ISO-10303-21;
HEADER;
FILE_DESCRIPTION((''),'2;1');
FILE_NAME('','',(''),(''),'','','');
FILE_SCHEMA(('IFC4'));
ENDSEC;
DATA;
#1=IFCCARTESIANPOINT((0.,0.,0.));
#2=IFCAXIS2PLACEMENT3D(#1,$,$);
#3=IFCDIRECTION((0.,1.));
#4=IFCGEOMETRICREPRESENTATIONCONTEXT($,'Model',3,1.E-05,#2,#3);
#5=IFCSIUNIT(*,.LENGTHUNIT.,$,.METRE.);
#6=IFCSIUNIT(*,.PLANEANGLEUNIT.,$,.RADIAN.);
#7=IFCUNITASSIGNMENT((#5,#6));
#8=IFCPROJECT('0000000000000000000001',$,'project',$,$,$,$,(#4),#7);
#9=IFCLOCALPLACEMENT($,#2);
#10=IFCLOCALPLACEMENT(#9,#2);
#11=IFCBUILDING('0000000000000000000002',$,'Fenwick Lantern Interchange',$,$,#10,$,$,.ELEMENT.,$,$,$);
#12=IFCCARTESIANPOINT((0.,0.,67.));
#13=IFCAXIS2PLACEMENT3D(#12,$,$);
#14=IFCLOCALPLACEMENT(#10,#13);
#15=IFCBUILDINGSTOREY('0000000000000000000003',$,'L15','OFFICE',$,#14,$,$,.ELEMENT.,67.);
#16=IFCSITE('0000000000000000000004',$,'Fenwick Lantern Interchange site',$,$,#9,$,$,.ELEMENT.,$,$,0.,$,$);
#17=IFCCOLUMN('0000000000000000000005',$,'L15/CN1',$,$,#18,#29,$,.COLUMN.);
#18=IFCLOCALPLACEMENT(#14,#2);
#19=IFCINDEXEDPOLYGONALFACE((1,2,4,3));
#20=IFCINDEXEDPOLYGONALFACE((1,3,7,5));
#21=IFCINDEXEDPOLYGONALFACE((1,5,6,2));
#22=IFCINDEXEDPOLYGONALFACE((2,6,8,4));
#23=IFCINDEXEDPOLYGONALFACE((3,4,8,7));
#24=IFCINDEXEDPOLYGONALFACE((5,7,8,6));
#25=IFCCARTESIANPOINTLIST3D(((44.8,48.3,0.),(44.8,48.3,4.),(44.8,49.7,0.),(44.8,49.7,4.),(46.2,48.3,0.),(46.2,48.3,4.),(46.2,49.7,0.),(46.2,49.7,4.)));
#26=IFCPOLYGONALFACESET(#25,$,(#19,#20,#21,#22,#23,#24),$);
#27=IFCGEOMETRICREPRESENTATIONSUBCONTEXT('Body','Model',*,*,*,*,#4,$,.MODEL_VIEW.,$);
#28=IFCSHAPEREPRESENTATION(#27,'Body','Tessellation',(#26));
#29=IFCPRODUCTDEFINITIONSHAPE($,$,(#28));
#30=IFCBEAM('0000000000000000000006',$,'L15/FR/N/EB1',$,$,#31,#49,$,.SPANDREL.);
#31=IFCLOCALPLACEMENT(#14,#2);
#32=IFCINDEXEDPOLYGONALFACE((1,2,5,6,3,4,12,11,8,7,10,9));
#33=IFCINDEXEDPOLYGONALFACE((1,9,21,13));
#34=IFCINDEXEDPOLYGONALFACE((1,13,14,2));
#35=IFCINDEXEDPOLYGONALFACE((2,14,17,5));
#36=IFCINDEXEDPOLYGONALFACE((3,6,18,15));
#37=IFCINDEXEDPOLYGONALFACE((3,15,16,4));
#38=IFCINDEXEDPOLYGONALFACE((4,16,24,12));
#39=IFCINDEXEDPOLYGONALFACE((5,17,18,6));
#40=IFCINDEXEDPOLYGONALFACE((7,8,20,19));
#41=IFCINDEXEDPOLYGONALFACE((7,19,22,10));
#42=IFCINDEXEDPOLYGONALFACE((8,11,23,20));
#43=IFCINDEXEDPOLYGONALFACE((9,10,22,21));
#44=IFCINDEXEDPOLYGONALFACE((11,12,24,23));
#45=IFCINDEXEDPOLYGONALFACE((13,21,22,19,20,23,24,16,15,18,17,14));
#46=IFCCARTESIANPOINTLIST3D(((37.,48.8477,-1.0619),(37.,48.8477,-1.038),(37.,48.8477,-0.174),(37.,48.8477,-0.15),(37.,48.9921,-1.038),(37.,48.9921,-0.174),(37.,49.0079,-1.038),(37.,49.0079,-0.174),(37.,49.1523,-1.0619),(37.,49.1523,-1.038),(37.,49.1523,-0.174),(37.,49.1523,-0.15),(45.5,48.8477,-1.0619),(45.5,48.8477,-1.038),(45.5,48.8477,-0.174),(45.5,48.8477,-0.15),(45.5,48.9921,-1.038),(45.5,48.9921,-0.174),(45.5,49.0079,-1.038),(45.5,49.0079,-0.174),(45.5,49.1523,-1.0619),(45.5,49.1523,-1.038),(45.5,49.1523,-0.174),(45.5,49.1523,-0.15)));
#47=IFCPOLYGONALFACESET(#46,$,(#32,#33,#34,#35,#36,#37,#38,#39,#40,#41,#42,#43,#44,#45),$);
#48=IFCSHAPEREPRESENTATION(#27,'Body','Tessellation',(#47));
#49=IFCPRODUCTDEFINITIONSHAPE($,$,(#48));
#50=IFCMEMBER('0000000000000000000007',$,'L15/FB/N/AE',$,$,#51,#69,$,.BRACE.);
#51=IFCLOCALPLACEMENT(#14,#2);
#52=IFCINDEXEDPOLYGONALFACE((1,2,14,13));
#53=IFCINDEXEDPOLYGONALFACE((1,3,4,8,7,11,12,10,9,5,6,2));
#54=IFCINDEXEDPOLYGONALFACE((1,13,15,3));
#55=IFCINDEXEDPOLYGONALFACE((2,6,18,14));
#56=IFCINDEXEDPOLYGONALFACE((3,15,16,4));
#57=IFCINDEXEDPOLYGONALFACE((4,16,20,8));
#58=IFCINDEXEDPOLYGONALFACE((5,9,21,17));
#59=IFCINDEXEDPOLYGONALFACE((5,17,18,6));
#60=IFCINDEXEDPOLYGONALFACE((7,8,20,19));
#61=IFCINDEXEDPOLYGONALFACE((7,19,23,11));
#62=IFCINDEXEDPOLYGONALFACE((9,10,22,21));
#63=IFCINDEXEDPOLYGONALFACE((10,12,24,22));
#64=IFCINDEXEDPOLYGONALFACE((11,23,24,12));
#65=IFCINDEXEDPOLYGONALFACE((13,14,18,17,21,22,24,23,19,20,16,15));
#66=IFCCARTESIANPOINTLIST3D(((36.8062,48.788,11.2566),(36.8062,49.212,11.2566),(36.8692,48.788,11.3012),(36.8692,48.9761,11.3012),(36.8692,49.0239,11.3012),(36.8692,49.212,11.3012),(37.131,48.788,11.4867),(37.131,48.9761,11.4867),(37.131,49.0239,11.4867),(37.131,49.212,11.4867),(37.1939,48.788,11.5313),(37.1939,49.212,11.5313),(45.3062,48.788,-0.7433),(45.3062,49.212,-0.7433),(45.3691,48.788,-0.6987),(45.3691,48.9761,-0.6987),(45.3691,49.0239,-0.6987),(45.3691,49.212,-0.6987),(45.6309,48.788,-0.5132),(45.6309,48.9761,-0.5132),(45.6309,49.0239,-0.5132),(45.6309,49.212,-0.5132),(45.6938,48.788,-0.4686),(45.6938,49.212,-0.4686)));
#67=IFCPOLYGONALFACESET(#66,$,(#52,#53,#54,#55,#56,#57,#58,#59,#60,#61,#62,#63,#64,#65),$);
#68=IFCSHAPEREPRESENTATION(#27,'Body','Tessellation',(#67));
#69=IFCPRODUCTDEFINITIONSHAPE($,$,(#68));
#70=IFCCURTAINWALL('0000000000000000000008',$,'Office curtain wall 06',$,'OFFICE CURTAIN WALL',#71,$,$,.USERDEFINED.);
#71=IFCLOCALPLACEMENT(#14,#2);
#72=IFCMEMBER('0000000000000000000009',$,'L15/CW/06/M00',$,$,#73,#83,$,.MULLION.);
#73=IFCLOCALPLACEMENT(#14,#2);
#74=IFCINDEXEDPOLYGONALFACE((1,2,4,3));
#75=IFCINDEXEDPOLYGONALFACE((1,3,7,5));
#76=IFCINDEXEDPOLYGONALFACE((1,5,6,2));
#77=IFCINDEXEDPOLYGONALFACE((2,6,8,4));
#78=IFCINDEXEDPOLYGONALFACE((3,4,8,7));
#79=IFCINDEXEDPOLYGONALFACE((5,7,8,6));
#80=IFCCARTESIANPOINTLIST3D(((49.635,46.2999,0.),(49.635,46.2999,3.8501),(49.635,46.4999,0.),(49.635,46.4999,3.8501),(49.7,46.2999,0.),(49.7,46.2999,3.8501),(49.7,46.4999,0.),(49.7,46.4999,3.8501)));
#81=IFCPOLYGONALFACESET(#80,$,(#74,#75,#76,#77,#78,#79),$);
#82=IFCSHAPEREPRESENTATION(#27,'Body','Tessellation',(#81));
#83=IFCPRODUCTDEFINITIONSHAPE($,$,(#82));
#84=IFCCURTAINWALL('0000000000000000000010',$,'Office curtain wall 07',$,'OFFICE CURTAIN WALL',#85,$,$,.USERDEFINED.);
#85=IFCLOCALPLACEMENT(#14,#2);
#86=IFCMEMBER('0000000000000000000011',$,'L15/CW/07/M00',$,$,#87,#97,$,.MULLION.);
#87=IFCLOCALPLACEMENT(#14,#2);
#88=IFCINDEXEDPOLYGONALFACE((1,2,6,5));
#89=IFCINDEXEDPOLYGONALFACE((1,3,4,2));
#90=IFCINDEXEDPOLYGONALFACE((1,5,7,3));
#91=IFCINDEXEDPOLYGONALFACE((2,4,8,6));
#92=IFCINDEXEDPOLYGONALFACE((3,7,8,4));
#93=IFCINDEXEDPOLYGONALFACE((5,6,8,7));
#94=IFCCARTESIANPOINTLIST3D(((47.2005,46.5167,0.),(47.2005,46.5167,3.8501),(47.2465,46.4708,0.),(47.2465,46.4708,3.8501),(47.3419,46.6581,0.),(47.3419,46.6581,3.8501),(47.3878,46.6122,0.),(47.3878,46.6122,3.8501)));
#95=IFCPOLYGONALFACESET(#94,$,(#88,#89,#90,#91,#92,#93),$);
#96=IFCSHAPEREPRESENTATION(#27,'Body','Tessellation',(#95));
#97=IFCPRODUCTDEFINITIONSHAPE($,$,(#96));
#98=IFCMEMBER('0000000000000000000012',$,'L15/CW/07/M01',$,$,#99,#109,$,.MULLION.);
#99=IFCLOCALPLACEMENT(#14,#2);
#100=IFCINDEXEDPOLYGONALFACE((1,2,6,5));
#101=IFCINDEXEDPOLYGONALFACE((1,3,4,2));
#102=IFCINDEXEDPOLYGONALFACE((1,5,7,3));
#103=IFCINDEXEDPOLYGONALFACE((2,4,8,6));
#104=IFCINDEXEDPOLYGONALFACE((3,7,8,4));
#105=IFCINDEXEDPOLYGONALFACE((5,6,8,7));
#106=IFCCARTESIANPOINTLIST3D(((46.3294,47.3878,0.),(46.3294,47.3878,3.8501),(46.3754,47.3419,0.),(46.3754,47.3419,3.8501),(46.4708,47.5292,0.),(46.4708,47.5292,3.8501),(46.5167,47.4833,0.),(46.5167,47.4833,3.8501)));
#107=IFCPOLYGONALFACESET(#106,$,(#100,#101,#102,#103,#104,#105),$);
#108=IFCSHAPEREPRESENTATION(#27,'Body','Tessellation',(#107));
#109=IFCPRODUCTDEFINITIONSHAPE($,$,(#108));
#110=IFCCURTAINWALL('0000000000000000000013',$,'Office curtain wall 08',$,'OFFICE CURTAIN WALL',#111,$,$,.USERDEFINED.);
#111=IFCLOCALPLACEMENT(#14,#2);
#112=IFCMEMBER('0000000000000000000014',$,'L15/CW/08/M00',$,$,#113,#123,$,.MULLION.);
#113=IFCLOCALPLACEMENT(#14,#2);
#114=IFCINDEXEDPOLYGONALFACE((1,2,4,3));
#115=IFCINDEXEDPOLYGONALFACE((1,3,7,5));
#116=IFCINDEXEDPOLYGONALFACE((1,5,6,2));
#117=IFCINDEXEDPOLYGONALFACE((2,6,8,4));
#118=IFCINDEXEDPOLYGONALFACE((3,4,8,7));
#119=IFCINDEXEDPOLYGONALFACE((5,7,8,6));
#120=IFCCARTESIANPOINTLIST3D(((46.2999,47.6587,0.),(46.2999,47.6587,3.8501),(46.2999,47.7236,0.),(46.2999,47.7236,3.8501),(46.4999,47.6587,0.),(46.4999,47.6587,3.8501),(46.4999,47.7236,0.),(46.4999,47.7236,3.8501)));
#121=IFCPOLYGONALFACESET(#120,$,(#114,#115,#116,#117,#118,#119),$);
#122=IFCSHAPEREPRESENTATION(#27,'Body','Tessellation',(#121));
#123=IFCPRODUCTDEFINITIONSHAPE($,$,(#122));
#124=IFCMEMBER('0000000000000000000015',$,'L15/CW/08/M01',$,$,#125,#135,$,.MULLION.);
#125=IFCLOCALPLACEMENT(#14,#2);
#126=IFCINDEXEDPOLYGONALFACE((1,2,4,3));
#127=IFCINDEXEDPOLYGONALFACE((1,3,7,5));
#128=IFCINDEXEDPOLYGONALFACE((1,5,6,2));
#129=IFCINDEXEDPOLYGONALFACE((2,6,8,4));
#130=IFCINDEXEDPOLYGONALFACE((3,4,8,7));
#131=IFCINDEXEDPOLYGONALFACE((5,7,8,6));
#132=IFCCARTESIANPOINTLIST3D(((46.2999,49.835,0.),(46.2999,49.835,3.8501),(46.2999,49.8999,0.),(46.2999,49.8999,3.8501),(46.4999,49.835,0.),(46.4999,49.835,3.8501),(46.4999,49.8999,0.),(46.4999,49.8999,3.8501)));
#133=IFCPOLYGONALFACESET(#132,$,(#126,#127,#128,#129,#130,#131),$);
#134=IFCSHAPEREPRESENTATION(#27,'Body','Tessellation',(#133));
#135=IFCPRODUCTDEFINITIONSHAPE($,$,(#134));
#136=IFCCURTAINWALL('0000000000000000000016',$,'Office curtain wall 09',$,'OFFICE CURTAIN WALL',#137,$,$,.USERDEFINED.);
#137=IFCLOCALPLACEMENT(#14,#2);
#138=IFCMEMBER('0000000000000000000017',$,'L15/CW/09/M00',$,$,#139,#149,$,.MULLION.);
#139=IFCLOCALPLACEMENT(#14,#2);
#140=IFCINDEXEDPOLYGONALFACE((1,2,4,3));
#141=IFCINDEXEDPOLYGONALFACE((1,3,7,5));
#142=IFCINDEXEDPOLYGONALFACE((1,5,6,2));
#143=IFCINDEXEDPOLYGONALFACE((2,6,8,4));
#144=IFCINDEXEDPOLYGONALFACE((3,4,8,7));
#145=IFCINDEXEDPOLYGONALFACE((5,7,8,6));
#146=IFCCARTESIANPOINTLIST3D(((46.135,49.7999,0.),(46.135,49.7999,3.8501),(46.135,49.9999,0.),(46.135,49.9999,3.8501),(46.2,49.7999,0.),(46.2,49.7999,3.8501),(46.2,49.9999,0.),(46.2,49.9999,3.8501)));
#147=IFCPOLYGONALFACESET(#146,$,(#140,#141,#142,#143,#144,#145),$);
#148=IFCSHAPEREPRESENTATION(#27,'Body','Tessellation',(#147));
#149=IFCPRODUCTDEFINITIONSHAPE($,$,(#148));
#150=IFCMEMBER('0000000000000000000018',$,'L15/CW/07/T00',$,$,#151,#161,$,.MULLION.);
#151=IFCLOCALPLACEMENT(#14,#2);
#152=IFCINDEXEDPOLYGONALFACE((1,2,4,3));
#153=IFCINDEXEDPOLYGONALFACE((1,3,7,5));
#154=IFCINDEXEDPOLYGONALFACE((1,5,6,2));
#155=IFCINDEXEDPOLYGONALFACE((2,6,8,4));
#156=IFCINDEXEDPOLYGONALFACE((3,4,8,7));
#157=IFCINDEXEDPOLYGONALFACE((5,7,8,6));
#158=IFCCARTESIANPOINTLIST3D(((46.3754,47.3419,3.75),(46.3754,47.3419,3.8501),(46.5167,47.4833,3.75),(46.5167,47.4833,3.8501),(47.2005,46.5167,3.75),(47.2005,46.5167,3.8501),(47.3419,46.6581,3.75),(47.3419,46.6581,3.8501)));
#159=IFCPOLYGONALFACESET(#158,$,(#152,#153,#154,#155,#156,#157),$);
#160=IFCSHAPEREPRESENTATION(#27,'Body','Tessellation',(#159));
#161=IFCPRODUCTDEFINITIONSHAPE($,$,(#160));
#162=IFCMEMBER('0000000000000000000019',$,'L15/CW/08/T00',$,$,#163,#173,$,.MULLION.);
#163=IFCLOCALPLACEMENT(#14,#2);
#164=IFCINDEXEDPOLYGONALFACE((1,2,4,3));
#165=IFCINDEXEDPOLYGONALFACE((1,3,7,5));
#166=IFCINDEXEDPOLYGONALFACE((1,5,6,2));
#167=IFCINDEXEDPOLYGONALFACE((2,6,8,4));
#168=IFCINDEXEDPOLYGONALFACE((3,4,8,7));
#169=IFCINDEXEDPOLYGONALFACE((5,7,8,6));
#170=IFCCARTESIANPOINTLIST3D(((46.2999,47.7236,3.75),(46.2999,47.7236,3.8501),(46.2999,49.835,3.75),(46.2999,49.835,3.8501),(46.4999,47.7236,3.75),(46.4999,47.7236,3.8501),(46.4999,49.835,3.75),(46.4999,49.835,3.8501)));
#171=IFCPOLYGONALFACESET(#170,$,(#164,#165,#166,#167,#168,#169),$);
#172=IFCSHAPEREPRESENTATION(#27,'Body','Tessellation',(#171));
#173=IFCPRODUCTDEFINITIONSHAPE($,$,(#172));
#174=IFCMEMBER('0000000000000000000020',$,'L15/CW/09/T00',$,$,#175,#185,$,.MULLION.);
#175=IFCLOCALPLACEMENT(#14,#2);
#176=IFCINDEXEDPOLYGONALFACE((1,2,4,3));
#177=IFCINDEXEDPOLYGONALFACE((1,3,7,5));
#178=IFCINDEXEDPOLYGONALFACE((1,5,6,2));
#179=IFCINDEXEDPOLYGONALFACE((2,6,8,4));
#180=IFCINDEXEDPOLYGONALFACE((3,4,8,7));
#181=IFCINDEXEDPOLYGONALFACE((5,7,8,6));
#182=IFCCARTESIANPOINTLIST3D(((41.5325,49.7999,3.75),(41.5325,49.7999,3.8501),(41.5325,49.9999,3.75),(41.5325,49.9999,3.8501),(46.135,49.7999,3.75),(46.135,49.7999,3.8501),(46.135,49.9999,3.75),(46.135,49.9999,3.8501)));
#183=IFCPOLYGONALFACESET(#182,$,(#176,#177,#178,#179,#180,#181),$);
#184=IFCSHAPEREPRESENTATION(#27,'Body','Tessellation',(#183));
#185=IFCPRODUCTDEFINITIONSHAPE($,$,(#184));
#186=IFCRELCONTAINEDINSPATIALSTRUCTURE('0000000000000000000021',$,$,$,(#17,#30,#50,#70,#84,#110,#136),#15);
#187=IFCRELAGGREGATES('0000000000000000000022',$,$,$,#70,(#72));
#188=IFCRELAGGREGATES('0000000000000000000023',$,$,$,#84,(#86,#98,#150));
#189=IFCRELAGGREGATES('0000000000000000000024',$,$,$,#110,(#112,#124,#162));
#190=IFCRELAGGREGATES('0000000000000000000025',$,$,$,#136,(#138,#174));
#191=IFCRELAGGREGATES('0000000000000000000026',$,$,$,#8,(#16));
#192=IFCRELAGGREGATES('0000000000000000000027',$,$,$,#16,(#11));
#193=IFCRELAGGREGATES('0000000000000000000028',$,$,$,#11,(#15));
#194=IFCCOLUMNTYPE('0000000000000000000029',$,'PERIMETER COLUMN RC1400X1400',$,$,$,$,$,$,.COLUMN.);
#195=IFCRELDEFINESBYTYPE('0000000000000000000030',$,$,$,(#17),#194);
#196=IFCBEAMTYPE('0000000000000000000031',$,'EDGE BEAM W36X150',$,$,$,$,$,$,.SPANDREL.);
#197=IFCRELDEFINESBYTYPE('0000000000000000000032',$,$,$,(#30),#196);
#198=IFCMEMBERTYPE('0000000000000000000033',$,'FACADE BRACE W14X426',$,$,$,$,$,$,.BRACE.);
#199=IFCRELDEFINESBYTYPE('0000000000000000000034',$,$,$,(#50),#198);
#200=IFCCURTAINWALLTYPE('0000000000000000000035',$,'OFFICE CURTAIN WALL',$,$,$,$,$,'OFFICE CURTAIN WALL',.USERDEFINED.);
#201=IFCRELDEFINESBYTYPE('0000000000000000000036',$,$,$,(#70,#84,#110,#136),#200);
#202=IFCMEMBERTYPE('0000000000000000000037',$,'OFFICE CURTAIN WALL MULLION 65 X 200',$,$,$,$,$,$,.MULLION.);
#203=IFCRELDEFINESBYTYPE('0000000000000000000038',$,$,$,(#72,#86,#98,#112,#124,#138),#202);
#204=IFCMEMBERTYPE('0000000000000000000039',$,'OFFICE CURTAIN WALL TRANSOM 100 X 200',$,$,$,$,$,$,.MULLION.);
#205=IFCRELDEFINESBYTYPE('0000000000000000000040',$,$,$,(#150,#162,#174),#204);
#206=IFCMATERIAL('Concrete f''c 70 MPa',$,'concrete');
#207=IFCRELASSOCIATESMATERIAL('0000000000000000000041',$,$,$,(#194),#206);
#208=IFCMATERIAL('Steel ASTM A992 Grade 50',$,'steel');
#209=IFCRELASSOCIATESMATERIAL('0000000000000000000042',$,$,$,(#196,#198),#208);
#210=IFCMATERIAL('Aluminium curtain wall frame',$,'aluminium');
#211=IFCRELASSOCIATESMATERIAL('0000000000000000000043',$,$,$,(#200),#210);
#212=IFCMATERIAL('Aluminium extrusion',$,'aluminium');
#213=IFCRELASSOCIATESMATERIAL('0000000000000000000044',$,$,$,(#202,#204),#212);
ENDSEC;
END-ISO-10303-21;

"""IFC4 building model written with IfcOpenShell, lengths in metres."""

from ifc_helpers import new_model, si_unit, direction, frame, origin, origin_2d, place, context, subcontext, project, spatial, rectangle, i_section, extrude, material, material_profile, profile_set, type_object, element, aggregate, save


model = new_model("IFC4")

# Units and contexts
model_context = context("Model", 3, precision=1e-05, world=origin(), true_north=direction((0.0, 1.0)))
body_context = subcontext(model_context, "Body", "Model", "MODEL_VIEW")
ifc_project = project(units=[si_unit("LENGTHUNIT", "METRE"), si_unit("PLANEANGLEUNIT", "RADIAN")], contexts=[model_context])

# Site, building, storey
site_placement = place(None, origin())
site = spatial("IfcSite", under=ifc_project, at=site_placement, Name="Fenwick Lantern Interchange site", CompositionType="ELEMENT", RefElevation=0.0)
building_placement = place(site_placement, origin())
building = spatial("IfcBuilding", under=site, at=building_placement, Name="Fenwick Lantern Interchange", CompositionType="ELEMENT")
storey_placement = place(building_placement, frame((0.0, 0.0, 67.0)))
storey = spatial("IfcBuildingStorey", under=building, at=storey_placement, Name="L15", Description="OFFICE", CompositionType="ELEMENT", Elevation=67.0)

# Column
ifc_material_1 = material(Name="Concrete f'c 70 MPa", Category="concrete")
ifc_material_profile_1 = material_profile(ifc_material_1, rectangle(XDim=1.3999, YDim=1.3999, at=origin_2d()), Name="RC1400X1400")
ifc_profile_set_1 = profile_set([ifc_material_profile_1], Name="Concrete f'c 70 MPa")
column_type = type_object("IfcColumnType", Name="PERIMETER COLUMN RC1400X1400", PredefinedType="COLUMN", material=ifc_profile_set_1)
column_placement = place(storey_placement, frame((45.5, 49.0, 0.0), z_axis=(0.0, 0.0, 1.0), x_axis=(1.0, 0.0, 0.0)))
element("IfcColumn", 1, at=column_placement, inside=storey, type_object=column_type, Name="L15/CN1", PredefinedType="COLUMN", context=body_context, shape_type="SweptSolid", body=[
    extrude(rectangle(XDim=1.3999, YDim=1.3999, at=origin_2d()), origin(), (0.0, 0.0, 1.0), 4.0),
])

# Beam
ifc_material_2 = material(Name="Steel ASTM A992 Grade 50", Category="steel")
ifc_material_profile_2 = material_profile(ifc_material_2, i_section(OverallWidth=0.3047, OverallDepth=0.9119, WebThickness=0.0159, FlangeThickness=0.0239, at=origin_2d()), Name="W36X150")
ifc_profile_set_2 = profile_set([ifc_material_profile_2], Name="Steel ASTM A992 Grade 50")
beam_type = type_object("IfcBeamType", Name="EDGE BEAM W36X150", PredefinedType="SPANDREL", material=ifc_profile_set_2)
beam_placement = place(storey_placement, frame((45.5, 49.0, -0.606), z_axis=(-1.0, 0.0, 0.0), x_axis=(0.0, -1.0, 0.0)))
element("IfcBeam", 2, at=beam_placement, inside=storey, type_object=beam_type, Name="L15/FR/N/EB1", PredefinedType="SPANDREL", context=body_context, shape_type="SweptSolid", body=[
    extrude(i_section(OverallWidth=0.3047, OverallDepth=0.9119, WebThickness=0.0159, FlangeThickness=0.0239, at=origin_2d()), origin(), (0.0, 0.0, 1.0), 8.5),
])

# Member
ifc_material_profile_3 = material_profile(ifc_material_2, i_section(OverallWidth=0.4241, OverallDepth=0.4751, WebThickness=0.0479, FlangeThickness=0.0771, at=origin_2d()), Name="W14X426")
ifc_profile_set_3 = profile_set([ifc_material_profile_3], Name="Steel ASTM A992 Grade 50")
member_type_1 = type_object("IfcMemberType", Name="FACADE BRACE W14X426", PredefinedType="BRACE", material=ifc_profile_set_3)
member_1_placement = place(storey_placement, frame((45.5, 49.0, -0.606), z_axis=(-0.578017, 0.0, 0.816024), x_axis=(0.0, -1.0, 0.0)))
element("IfcMember", 3, at=member_1_placement, inside=storey, type_object=member_type_1, Name="L15/FB/N/AE", PredefinedType="BRACE", context=body_context, shape_type="SweptSolid", body=[
    extrude(i_section(OverallWidth=0.4241, OverallDepth=0.4751, WebThickness=0.0479, FlangeThickness=0.0771, at=origin_2d()), origin(), (0.0, 0.0, 1.0), 14.7053),
])

# Curtain wall, member
ifc_material_3 = material(Name="Aluminium curtain wall frame", Category="aluminium")
curtain_wall_type = type_object("IfcCurtainWallType", Name="OFFICE CURTAIN WALL", ElementType="OFFICE CURTAIN WALL", PredefinedType="USERDEFINED", material=ifc_material_3)
curtain_wall_1_placement = place(storey_placement, origin())
curtain_wall_1 = element("IfcCurtainWall", 4, at=curtain_wall_1_placement, inside=storey, type_object=curtain_wall_type, Name="Office curtain wall 06", ObjectType="OFFICE CURTAIN WALL", PredefinedType="USERDEFINED")
ifc_material_4 = material(Name="Aluminium extrusion", Category="aluminium")
ifc_material_profile_4 = material_profile(ifc_material_4, rectangle(XDim=0.2, YDim=0.0649, at=origin_2d()), Name="OFFICE CURTAIN WALL MULLION 65 X 200")
ifc_profile_set_4 = profile_set([ifc_material_profile_4], Name="Aluminium extrusion")
member_type_2 = type_object("IfcMemberType", Name="OFFICE CURTAIN WALL MULLION 65 X 200", PredefinedType="MULLION", material=ifc_profile_set_4)
member_2_placement = place(storey_placement, frame((49.6675, 46.3999, 0.0), z_axis=(0.0, 0.0, 1.0), x_axis=(0.0, -1.0, 0.0)))
member_2 = element("IfcMember", 5, at=member_2_placement, type_object=member_type_2, Name="L15/CW/06/M00", PredefinedType="MULLION", context=body_context, shape_type="SweptSolid", body=[
    extrude(rectangle(XDim=0.2, YDim=0.0649, at=origin_2d()), origin(), (0.0, 0.0, 1.0), 3.8501),
])
aggregate(curtain_wall_1, [member_2])

# Curtain walls, members
curtain_wall_2_placement = place(storey_placement, origin())
curtain_wall_2 = element("IfcCurtainWall", 6, at=curtain_wall_2_placement, inside=storey, type_object=curtain_wall_type, Name="Office curtain wall 07", ObjectType="OFFICE CURTAIN WALL", PredefinedType="USERDEFINED")
member_3_placement = place(storey_placement, frame((47.2942, 46.5645, 0.0), z_axis=(0.0, 0.0, 1.0), x_axis=(-0.707107, -0.707107, 0.0)))
member_3 = element("IfcMember", 7, at=member_3_placement, type_object=member_type_2, Name="L15/CW/07/M00", PredefinedType="MULLION", context=body_context, shape_type="SweptSolid", body=[
    extrude(rectangle(XDim=0.2, YDim=0.0649, at=origin_2d()), origin(), (0.0, 0.0, 1.0), 3.8501),
])
member_4_placement = place(storey_placement, frame((46.4231, 47.4355, 0.0), z_axis=(0.0, 0.0, 1.0), x_axis=(-0.707107, -0.707107, 0.0)))
member_4 = element("IfcMember", 8, at=member_4_placement, type_object=member_type_2, Name="L15/CW/07/M01", PredefinedType="MULLION", context=body_context, shape_type="SweptSolid", body=[
    extrude(rectangle(XDim=0.2, YDim=0.0649, at=origin_2d()), origin(), (0.0, 0.0, 1.0), 3.8501),
])
curtain_wall_3_placement = place(storey_placement, origin())
curtain_wall_3 = element("IfcCurtainWall", 9, at=curtain_wall_3_placement, inside=storey, type_object=curtain_wall_type, Name="Office curtain wall 08", ObjectType="OFFICE CURTAIN WALL", PredefinedType="USERDEFINED")
member_5_placement = place(storey_placement, frame((46.3999, 47.6912, 0.0), z_axis=(0.0, 0.0, 1.0), x_axis=(-1.0, 0.0, 0.0)))
member_5 = element("IfcMember", 10, at=member_5_placement, type_object=member_type_2, Name="L15/CW/08/M00", PredefinedType="MULLION", context=body_context, shape_type="SweptSolid", body=[
    extrude(rectangle(XDim=0.2, YDim=0.0649, at=origin_2d()), origin(), (0.0, 0.0, 1.0), 3.8501),
])
member_6_placement = place(storey_placement, frame((46.3999, 49.8674, 0.0), z_axis=(0.0, 0.0, 1.0), x_axis=(-1.0, 0.0, 0.0)))
member_6 = element("IfcMember", 11, at=member_6_placement, type_object=member_type_2, Name="L15/CW/08/M01", PredefinedType="MULLION", context=body_context, shape_type="SweptSolid", body=[
    extrude(rectangle(XDim=0.2, YDim=0.0649, at=origin_2d()), origin(), (0.0, 0.0, 1.0), 3.8501),
])

# Curtain wall, member
curtain_wall_4_placement = place(storey_placement, origin())
curtain_wall_4 = element("IfcCurtainWall", 12, at=curtain_wall_4_placement, inside=storey, type_object=curtain_wall_type, Name="Office curtain wall 09", ObjectType="OFFICE CURTAIN WALL", PredefinedType="USERDEFINED")
member_7_placement = place(storey_placement, frame((46.1675, 49.8999, 0.0), z_axis=(0.0, 0.0, 1.0), x_axis=(0.0, -1.0, 0.0)))
member_7 = element("IfcMember", 13, at=member_7_placement, type_object=member_type_2, Name="L15/CW/09/M00", PredefinedType="MULLION", context=body_context, shape_type="SweptSolid", body=[
    extrude(rectangle(XDim=0.2, YDim=0.0649, at=origin_2d()), origin(), (0.0, 0.0, 1.0), 3.8501),
])

# Members
ifc_material_profile_5 = material_profile(ifc_material_4, rectangle(XDim=0.2, YDim=0.1001, at=origin_2d()), Name="OFFICE CURTAIN WALL TRANSOM 100 X 200")
ifc_profile_set_5 = profile_set([ifc_material_profile_5], Name="Aluminium extrusion")
member_type_3 = type_object("IfcMemberType", Name="OFFICE CURTAIN WALL TRANSOM 100 X 200", PredefinedType="MULLION", material=ifc_profile_set_5)
member_8_placement = place(storey_placement, frame((47.2712, 46.5874, 3.8), z_axis=(-0.707107, 0.707107, 0.0), x_axis=(-0.707107, -0.707107, 0.0)))
member_8 = element("IfcMember", 14, at=member_8_placement, type_object=member_type_3, Name="L15/CW/07/T00", PredefinedType="MULLION", context=body_context, shape_type="SweptSolid", body=[
    extrude(rectangle(XDim=0.2, YDim=0.1001, at=origin_2d()), origin(), (0.0, 0.0, 1.0), 1.167),
])
aggregate(curtain_wall_2, [member_3, member_4, member_8])
member_9_placement = place(storey_placement, frame((46.3999, 47.7236, 3.8), z_axis=(0.0, 1.0, 0.0), x_axis=(-1.0, 0.0, 0.0)))
member_9 = element("IfcMember", 15, at=member_9_placement, type_object=member_type_3, Name="L15/CW/08/T00", PredefinedType="MULLION", context=body_context, shape_type="SweptSolid", body=[
    extrude(rectangle(XDim=0.2, YDim=0.1001, at=origin_2d()), origin(), (0.0, 0.0, 1.0), 2.1113),
])
aggregate(curtain_wall_3, [member_5, member_6, member_9])
member_10_placement = place(storey_placement, frame((46.135, 49.8999, 3.8), z_axis=(-1.0, 0.0, 0.0), x_axis=(0.0, -1.0, 0.0)))
member_10 = element("IfcMember", 16, at=member_10_placement, type_object=member_type_3, Name="L15/CW/09/T00", PredefinedType="MULLION", context=body_context, shape_type="SweptSolid", body=[
    extrude(rectangle(XDim=0.2, YDim=0.1001, at=origin_2d()), origin(), (0.0, 0.0, 1.0), 4.6025),
])

aggregate(curtain_wall_4, [member_7, member_10])

save(model, "model.ifc")
